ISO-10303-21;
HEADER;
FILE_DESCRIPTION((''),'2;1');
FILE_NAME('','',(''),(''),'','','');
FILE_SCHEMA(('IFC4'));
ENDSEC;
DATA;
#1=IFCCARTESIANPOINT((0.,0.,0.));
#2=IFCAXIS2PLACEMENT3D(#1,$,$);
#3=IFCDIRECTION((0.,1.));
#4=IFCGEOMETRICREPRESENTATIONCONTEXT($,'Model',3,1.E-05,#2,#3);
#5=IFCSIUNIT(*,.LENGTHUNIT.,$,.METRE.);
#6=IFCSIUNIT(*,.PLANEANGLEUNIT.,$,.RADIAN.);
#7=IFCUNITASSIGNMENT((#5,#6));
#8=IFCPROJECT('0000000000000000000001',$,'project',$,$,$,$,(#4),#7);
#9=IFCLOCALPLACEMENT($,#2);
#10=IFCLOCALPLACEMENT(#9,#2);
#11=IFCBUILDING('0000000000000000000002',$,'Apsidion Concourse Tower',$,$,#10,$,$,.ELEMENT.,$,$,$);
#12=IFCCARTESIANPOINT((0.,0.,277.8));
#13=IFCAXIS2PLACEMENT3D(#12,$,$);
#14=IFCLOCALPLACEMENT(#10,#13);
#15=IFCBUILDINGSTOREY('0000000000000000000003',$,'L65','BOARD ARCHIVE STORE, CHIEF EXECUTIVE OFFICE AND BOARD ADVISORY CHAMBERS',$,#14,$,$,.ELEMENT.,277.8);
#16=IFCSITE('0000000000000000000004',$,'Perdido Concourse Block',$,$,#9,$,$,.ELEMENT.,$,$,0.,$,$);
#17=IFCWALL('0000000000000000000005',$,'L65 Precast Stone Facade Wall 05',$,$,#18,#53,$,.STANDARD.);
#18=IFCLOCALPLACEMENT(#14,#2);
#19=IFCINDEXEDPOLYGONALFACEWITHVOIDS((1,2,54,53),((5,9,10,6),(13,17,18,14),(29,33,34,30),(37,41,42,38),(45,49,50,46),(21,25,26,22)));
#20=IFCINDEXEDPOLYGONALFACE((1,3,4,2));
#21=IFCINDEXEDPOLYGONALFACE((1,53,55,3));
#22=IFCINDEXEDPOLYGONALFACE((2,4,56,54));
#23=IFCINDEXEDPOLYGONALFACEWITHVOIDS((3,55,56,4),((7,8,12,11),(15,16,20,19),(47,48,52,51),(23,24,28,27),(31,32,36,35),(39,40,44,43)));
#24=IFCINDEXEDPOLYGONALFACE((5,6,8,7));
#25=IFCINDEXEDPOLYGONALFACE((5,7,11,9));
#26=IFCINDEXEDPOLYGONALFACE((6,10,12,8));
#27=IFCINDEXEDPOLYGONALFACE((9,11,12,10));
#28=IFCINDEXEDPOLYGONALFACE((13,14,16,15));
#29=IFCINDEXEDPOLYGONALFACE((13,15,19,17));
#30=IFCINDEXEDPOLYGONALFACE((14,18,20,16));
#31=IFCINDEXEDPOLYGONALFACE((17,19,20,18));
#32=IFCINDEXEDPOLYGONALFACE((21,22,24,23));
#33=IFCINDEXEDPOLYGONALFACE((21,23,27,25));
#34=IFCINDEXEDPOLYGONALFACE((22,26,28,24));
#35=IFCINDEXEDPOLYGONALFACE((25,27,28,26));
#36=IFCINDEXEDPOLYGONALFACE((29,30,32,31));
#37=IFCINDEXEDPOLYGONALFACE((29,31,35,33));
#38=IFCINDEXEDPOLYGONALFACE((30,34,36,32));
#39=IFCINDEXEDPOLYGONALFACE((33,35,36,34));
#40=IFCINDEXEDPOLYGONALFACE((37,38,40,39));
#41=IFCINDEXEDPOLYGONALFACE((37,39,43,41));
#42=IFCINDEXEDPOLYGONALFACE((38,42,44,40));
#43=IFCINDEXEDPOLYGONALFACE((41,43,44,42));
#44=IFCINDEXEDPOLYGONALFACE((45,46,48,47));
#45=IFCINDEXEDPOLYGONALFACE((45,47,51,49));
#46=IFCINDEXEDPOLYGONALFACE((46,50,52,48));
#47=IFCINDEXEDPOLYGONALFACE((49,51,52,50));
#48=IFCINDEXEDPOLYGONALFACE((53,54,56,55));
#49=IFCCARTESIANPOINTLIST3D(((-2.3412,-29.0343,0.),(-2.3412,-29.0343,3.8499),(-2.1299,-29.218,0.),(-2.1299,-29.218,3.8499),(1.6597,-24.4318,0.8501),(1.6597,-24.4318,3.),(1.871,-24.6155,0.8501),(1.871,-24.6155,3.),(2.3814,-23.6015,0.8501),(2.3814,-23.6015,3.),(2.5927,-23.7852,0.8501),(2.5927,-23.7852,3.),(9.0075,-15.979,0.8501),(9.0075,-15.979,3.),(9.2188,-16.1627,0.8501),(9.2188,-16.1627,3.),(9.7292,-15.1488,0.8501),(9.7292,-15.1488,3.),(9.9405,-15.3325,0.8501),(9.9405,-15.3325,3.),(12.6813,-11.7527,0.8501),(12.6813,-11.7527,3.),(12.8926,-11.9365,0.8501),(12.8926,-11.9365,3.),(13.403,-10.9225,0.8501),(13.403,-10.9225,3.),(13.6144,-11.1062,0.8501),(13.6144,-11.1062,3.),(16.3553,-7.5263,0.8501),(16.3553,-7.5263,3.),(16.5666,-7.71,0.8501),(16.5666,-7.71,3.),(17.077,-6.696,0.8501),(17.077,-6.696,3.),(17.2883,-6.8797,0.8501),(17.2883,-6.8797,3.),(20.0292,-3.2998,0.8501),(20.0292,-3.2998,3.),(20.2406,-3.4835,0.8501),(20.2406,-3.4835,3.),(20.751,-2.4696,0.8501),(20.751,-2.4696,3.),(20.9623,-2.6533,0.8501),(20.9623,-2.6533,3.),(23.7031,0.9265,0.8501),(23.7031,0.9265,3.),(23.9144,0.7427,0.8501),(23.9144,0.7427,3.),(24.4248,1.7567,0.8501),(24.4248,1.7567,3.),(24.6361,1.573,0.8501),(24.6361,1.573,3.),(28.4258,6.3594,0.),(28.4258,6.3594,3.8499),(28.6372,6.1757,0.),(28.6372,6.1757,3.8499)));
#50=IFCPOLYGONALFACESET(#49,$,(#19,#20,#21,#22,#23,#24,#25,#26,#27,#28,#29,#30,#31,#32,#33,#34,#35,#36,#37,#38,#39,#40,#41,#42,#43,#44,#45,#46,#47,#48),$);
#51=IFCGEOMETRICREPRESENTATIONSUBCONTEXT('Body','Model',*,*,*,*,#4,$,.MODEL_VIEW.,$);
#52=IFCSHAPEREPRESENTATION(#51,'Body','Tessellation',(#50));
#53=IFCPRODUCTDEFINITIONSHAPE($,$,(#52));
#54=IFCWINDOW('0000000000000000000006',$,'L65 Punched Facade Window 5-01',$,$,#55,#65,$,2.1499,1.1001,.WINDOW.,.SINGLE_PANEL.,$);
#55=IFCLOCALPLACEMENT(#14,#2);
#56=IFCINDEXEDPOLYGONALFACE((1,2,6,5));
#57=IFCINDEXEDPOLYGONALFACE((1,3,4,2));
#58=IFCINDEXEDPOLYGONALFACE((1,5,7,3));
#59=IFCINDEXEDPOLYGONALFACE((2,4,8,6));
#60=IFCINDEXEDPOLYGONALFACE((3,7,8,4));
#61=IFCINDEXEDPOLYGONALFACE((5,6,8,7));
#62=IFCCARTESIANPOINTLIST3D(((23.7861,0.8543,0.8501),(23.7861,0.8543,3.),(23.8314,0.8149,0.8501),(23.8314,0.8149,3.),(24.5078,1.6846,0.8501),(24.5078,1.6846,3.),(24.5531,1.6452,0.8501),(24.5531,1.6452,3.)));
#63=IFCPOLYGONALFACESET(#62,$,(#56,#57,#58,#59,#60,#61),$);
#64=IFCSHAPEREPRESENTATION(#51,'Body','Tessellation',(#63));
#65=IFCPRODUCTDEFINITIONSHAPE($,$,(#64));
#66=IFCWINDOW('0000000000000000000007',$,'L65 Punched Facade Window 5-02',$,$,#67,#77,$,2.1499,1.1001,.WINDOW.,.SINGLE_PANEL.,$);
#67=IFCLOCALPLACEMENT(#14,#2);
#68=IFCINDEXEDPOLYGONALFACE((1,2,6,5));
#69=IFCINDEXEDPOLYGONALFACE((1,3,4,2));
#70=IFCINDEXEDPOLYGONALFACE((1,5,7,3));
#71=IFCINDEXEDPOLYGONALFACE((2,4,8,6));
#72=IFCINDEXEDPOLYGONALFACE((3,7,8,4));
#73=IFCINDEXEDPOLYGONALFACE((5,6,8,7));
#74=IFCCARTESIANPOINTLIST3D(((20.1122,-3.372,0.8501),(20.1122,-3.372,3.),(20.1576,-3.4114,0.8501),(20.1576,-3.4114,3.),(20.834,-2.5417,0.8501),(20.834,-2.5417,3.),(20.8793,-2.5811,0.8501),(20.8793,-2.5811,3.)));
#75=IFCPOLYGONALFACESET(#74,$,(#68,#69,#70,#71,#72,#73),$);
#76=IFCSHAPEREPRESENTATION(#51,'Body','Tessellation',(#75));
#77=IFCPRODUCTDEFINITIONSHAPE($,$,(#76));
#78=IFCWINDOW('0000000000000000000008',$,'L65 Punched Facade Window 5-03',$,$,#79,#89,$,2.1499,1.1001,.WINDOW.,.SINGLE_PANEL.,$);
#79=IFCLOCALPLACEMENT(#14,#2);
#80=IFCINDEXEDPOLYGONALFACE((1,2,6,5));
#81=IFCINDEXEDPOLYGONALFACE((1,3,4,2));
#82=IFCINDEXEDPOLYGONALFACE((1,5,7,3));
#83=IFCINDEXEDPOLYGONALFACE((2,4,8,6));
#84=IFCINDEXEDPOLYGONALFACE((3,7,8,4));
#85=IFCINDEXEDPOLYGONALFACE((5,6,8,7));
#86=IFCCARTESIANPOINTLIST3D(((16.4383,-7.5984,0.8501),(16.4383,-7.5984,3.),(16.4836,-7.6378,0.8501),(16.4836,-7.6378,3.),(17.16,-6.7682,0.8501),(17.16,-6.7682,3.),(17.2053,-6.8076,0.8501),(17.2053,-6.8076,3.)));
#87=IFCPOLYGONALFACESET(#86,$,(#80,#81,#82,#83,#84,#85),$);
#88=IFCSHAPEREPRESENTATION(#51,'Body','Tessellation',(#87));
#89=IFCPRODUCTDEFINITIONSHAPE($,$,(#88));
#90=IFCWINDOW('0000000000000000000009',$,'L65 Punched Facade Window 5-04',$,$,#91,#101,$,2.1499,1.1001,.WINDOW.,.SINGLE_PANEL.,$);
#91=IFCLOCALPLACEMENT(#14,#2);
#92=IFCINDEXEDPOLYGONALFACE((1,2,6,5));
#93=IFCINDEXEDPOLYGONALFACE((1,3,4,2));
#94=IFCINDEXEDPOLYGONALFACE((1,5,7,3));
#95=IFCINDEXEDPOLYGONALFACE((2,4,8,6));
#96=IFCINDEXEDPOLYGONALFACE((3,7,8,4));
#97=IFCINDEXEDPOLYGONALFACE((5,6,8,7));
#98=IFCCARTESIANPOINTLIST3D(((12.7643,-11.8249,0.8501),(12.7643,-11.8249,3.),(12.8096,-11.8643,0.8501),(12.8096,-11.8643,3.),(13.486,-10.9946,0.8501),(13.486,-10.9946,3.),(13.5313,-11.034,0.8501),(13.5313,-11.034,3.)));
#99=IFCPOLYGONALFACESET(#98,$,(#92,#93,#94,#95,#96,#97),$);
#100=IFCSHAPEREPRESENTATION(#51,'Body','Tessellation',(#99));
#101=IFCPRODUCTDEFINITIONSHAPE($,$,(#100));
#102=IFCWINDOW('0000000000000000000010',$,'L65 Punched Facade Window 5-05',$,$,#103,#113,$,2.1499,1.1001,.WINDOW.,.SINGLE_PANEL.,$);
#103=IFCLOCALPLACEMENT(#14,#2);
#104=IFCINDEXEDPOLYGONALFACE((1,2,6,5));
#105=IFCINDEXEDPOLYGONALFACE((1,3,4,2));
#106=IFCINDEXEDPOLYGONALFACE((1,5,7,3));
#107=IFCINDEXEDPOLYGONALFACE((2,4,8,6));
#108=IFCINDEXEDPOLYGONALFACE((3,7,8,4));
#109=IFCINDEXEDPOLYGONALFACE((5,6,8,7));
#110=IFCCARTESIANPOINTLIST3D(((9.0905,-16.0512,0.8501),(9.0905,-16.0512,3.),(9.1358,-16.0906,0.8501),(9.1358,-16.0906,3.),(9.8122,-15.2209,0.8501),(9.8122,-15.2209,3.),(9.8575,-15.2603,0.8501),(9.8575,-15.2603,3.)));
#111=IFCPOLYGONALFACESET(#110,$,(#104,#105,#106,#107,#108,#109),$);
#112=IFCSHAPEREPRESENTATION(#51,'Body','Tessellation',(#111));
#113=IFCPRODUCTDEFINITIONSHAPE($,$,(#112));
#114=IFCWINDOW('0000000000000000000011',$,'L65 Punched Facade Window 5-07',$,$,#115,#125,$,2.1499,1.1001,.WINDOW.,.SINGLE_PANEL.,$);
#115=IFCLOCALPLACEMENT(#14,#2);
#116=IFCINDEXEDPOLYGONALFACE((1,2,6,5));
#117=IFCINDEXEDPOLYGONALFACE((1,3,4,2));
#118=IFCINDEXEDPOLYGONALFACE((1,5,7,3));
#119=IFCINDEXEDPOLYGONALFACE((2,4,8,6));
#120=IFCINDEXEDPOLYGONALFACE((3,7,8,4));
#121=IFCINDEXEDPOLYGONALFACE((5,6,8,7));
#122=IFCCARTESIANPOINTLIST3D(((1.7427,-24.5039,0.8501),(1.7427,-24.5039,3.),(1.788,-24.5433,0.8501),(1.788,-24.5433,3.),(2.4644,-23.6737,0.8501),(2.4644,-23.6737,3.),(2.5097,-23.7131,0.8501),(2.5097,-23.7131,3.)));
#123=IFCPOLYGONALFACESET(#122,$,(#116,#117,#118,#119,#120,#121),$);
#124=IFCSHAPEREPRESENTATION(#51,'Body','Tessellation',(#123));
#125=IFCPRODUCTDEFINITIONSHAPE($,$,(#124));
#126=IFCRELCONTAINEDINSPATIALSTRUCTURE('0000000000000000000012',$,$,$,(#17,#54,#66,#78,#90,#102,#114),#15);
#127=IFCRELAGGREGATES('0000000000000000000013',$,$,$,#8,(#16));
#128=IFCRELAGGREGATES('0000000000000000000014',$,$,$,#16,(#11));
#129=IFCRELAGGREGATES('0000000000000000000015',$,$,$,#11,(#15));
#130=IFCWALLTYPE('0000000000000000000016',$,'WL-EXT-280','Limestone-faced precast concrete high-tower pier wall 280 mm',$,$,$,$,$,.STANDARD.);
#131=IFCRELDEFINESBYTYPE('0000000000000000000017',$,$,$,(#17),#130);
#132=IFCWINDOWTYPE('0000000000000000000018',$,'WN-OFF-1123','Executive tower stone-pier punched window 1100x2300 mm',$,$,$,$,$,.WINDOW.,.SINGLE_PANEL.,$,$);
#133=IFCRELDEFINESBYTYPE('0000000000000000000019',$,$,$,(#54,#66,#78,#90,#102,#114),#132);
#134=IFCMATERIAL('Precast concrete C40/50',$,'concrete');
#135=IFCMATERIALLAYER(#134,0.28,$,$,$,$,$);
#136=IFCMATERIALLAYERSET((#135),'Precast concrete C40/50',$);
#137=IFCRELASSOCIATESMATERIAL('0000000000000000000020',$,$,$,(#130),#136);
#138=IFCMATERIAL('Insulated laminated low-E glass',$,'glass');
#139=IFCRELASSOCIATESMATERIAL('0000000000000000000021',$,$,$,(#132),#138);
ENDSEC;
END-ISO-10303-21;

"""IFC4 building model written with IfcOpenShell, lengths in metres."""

from ifc_helpers import new_model, si_unit, direction, frame, frame_2d, origin, place, context, subcontext, project, spatial, rectangle, extrude, material, layer, layer_set, type_object, element, fill, save


model = new_model("IFC4")

# Units and contexts
model_context = context("Model", 3, precision=1e-05, world=origin(), true_north=direction((0.0, 1.0)))
body_context = subcontext(model_context, "Body", "Model", "MODEL_VIEW")
ifc_project = project(units=[si_unit("LENGTHUNIT", "METRE"), si_unit("PLANEANGLEUNIT", "RADIAN")], contexts=[model_context])

# Site, building, storey
site_placement = place(None, origin())
site = spatial("IfcSite", under=ifc_project, at=site_placement, Name="Perdido Concourse Block", CompositionType="ELEMENT", RefElevation=0.0)
building_placement = place(site_placement, origin())
building = spatial("IfcBuilding", under=site, at=building_placement, Name="Apsidion Concourse Tower", CompositionType="ELEMENT")
storey_placement = place(building_placement, frame((0.0, 0.0, 277.8)))
storey = spatial("IfcBuildingStorey", under=building, at=storey_placement, Name="L65", Description="BOARD ARCHIVE STORE, CHIEF EXECUTIVE OFFICE AND BOARD ADVISORY CHAMBERS", CompositionType="ELEMENT", Elevation=277.8)

# Shared definitions
ifc_material_1 = material(Name="Precast concrete C40/50", Category="concrete")
ifc_layer_1 = layer(ifc_material_1, 0.28)
ifc_layer_set_1 = layer_set([ifc_layer_1], Name="Precast concrete C40/50")
wall_type_1 = type_object("IfcWallType", Name="WL-EXT-280", Description="Limestone-faced precast concrete high-tower pier wall 280 mm", PredefinedType="STANDARD", material=ifc_layer_set_1)

# Wall, openings, windows
wall_1_placement = place(storey_placement, frame((28.5315, 6.2676, 0.0), z_axis=(0.0, 0.0, 1.0), x_axis=(-0.656056, -0.754712, 0.0)))
wall_1 = element("IfcWall", 1, at=wall_1_placement, inside=storey, type_object=wall_type_1, Name="L65 Precast Stone Facade Wall 05", PredefinedType="STANDARD", context=body_context, shape_type="SweptSolid", body=[
    extrude(rectangle(XDim=46.897, YDim=0.28, at=frame_2d((23.4485, 0.0))), origin(), (0.0, 0.0, 1.0), 3.8499),
])
opening_1_placement = place(wall_1_placement, frame((6.0986, 0.0, 0.8501)))
opening_1 = element("IfcOpeningElement", 2, at=opening_1_placement, cuts=wall_1, PredefinedType="OPENING", context=body_context, shape_type="SweptSolid", body=[
    extrude(rectangle(XDim=1.1001, YDim=2.1499, at=frame_2d((0.55, 1.075))), frame((0.0, 0.1499, 0.0), z_axis=(0.0, -1.0, 0.0), x_axis=(1.0, 0.0, 0.0)), (0.0, 0.0, 1.0), 0.3),
])
opening_2_placement = place(wall_1_placement, frame((11.6985, 0.0, 0.8501)))
opening_2 = element("IfcOpeningElement", 3, at=opening_2_placement, cuts=wall_1, PredefinedType="OPENING", context=body_context, shape_type="SweptSolid", body=[
    extrude(rectangle(XDim=1.1001, YDim=2.1499, at=frame_2d((0.55, 1.075))), frame((0.0, 0.1499, 0.0), z_axis=(0.0, -1.0, 0.0), x_axis=(1.0, 0.0, 0.0)), (0.0, 0.0, 1.0), 0.3),
])
opening_3_placement = place(wall_1_placement, frame((17.2986, 0.0, 0.8501)))
opening_3 = element("IfcOpeningElement", 4, at=opening_3_placement, cuts=wall_1, PredefinedType="OPENING", context=body_context, shape_type="SweptSolid", body=[
    extrude(rectangle(XDim=1.1001, YDim=2.1499, at=frame_2d((0.55, 1.075))), frame((0.0, 0.1499, 0.0), z_axis=(0.0, -1.0, 0.0), x_axis=(1.0, 0.0, 0.0)), (0.0, 0.0, 1.0), 0.3),
])
opening_4_placement = place(wall_1_placement, frame((22.8987, 0.0, 0.8501)))
opening_4 = element("IfcOpeningElement", 5, at=opening_4_placement, cuts=wall_1, PredefinedType="OPENING", context=body_context, shape_type="SweptSolid", body=[
    extrude(rectangle(XDim=1.1001, YDim=2.1499, at=frame_2d((0.55, 1.075))), frame((0.0, 0.1499, 0.0), z_axis=(0.0, -1.0, 0.0), x_axis=(1.0, 0.0, 0.0)), (0.0, 0.0, 1.0), 0.3),
])
opening_5_placement = place(wall_1_placement, frame((28.4985, 0.0, 0.8501)))
opening_5 = element("IfcOpeningElement", 6, at=opening_5_placement, cuts=wall_1, PredefinedType="OPENING", context=body_context, shape_type="SweptSolid", body=[
    extrude(rectangle(XDim=1.1001, YDim=2.1499, at=frame_2d((0.55, 1.075))), frame((0.0, 0.1499, 0.0), z_axis=(0.0, -1.0, 0.0), x_axis=(1.0, 0.0, 0.0)), (0.0, 0.0, 1.0), 0.3),
])
opening_6_placement = place(wall_1_placement, frame((39.6985, 0.0, 0.8501)))
opening_6 = element("IfcOpeningElement", 7, at=opening_6_placement, cuts=wall_1, PredefinedType="OPENING", context=body_context, shape_type="SweptSolid", body=[
    extrude(rectangle(XDim=1.1001, YDim=2.1499, at=frame_2d((0.55, 1.075))), frame((0.0, 0.1499, 0.0), z_axis=(0.0, -1.0, 0.0), x_axis=(1.0, 0.0, 0.0)), (0.0, 0.0, 1.0), 0.3),
])
ifc_material_2 = material(Name="Insulated laminated low-E glass", Category="glass")
window_type = type_object("IfcWindowType", Name="WN-OFF-1123", Description="Executive tower stone-pier punched window 1100x2300 mm", PartitioningType="SINGLE_PANEL", PredefinedType="WINDOW", material=ifc_material_2)
window_1_placement = place(opening_1_placement, origin())
window_1 = element("IfcWindow", 8, at=window_1_placement, inside=storey, type_object=window_type, Name="L65 Punched Facade Window 5-01", OverallHeight=2.1499, OverallWidth=1.1001, PartitioningType="SINGLE_PANEL", PredefinedType="WINDOW", context=body_context, shape_type="SweptSolid", body=[
    extrude(rectangle(XDim=1.1001, YDim=2.1499, at=frame_2d((0.55, 1.075))), frame((0.0, 0.03, 0.0), z_axis=(0.0, -1.0, 0.0), x_axis=(1.0, 0.0, 0.0)), (0.0, 0.0, 1.0), 0.0601),
])
fill(opening_1, window_1)
window_2_placement = place(opening_2_placement, origin())
window_2 = element("IfcWindow", 9, at=window_2_placement, inside=storey, type_object=window_type, Name="L65 Punched Facade Window 5-02", OverallHeight=2.1499, OverallWidth=1.1001, PartitioningType="SINGLE_PANEL", PredefinedType="WINDOW", context=body_context, shape_type="SweptSolid", body=[
    extrude(rectangle(XDim=1.1001, YDim=2.1499, at=frame_2d((0.55, 1.075))), frame((0.0, 0.03, 0.0), z_axis=(0.0, -1.0, 0.0), x_axis=(1.0, 0.0, 0.0)), (0.0, 0.0, 1.0), 0.0601),
])
fill(opening_2, window_2)
window_3_placement = place(opening_3_placement, origin())
window_3 = element("IfcWindow", 10, at=window_3_placement, inside=storey, type_object=window_type, Name="L65 Punched Facade Window 5-03", OverallHeight=2.1499, OverallWidth=1.1001, PartitioningType="SINGLE_PANEL", PredefinedType="WINDOW", context=body_context, shape_type="SweptSolid", body=[
    extrude(rectangle(XDim=1.1001, YDim=2.1499, at=frame_2d((0.55, 1.075))), frame((0.0, 0.03, 0.0), z_axis=(0.0, -1.0, 0.0), x_axis=(1.0, 0.0, 0.0)), (0.0, 0.0, 1.0), 0.0601),
])
fill(opening_3, window_3)
window_4_placement = place(opening_4_placement, origin())
window_4 = element("IfcWindow", 11, at=window_4_placement, inside=storey, type_object=window_type, Name="L65 Punched Facade Window 5-04", OverallHeight=2.1499, OverallWidth=1.1001, PartitioningType="SINGLE_PANEL", PredefinedType="WINDOW", context=body_context, shape_type="SweptSolid", body=[
    extrude(rectangle(XDim=1.1001, YDim=2.1499, at=frame_2d((0.55, 1.075))), frame((0.0, 0.03, 0.0), z_axis=(0.0, -1.0, 0.0), x_axis=(1.0, 0.0, 0.0)), (0.0, 0.0, 1.0), 0.0601),
])
fill(opening_4, window_4)
window_5_placement = place(opening_5_placement, origin())
window_5 = element("IfcWindow", 12, at=window_5_placement, inside=storey, type_object=window_type, Name="L65 Punched Facade Window 5-05", OverallHeight=2.1499, OverallWidth=1.1001, PartitioningType="SINGLE_PANEL", PredefinedType="WINDOW", context=body_context, shape_type="SweptSolid", body=[
    extrude(rectangle(XDim=1.1001, YDim=2.1499, at=frame_2d((0.55, 1.075))), frame((0.0, 0.03, 0.0), z_axis=(0.0, -1.0, 0.0), x_axis=(1.0, 0.0, 0.0)), (0.0, 0.0, 1.0), 0.0601),
])
fill(opening_5, window_5)
window_6_placement = place(opening_6_placement, origin())
window_6 = element("IfcWindow", 13, at=window_6_placement, inside=storey, type_object=window_type, Name="L65 Punched Facade Window 5-07", OverallHeight=2.1499, OverallWidth=1.1001, PartitioningType="SINGLE_PANEL", PredefinedType="WINDOW", context=body_context, shape_type="SweptSolid", body=[
    extrude(rectangle(XDim=1.1001, YDim=2.1499, at=frame_2d((0.55, 1.075))), frame((0.0, 0.03, 0.0), z_axis=(0.0, -1.0, 0.0), x_axis=(1.0, 0.0, 0.0)), (0.0, 0.0, 1.0), 0.0601),
])
fill(opening_6, window_6)

save(model, "model.ifc")
